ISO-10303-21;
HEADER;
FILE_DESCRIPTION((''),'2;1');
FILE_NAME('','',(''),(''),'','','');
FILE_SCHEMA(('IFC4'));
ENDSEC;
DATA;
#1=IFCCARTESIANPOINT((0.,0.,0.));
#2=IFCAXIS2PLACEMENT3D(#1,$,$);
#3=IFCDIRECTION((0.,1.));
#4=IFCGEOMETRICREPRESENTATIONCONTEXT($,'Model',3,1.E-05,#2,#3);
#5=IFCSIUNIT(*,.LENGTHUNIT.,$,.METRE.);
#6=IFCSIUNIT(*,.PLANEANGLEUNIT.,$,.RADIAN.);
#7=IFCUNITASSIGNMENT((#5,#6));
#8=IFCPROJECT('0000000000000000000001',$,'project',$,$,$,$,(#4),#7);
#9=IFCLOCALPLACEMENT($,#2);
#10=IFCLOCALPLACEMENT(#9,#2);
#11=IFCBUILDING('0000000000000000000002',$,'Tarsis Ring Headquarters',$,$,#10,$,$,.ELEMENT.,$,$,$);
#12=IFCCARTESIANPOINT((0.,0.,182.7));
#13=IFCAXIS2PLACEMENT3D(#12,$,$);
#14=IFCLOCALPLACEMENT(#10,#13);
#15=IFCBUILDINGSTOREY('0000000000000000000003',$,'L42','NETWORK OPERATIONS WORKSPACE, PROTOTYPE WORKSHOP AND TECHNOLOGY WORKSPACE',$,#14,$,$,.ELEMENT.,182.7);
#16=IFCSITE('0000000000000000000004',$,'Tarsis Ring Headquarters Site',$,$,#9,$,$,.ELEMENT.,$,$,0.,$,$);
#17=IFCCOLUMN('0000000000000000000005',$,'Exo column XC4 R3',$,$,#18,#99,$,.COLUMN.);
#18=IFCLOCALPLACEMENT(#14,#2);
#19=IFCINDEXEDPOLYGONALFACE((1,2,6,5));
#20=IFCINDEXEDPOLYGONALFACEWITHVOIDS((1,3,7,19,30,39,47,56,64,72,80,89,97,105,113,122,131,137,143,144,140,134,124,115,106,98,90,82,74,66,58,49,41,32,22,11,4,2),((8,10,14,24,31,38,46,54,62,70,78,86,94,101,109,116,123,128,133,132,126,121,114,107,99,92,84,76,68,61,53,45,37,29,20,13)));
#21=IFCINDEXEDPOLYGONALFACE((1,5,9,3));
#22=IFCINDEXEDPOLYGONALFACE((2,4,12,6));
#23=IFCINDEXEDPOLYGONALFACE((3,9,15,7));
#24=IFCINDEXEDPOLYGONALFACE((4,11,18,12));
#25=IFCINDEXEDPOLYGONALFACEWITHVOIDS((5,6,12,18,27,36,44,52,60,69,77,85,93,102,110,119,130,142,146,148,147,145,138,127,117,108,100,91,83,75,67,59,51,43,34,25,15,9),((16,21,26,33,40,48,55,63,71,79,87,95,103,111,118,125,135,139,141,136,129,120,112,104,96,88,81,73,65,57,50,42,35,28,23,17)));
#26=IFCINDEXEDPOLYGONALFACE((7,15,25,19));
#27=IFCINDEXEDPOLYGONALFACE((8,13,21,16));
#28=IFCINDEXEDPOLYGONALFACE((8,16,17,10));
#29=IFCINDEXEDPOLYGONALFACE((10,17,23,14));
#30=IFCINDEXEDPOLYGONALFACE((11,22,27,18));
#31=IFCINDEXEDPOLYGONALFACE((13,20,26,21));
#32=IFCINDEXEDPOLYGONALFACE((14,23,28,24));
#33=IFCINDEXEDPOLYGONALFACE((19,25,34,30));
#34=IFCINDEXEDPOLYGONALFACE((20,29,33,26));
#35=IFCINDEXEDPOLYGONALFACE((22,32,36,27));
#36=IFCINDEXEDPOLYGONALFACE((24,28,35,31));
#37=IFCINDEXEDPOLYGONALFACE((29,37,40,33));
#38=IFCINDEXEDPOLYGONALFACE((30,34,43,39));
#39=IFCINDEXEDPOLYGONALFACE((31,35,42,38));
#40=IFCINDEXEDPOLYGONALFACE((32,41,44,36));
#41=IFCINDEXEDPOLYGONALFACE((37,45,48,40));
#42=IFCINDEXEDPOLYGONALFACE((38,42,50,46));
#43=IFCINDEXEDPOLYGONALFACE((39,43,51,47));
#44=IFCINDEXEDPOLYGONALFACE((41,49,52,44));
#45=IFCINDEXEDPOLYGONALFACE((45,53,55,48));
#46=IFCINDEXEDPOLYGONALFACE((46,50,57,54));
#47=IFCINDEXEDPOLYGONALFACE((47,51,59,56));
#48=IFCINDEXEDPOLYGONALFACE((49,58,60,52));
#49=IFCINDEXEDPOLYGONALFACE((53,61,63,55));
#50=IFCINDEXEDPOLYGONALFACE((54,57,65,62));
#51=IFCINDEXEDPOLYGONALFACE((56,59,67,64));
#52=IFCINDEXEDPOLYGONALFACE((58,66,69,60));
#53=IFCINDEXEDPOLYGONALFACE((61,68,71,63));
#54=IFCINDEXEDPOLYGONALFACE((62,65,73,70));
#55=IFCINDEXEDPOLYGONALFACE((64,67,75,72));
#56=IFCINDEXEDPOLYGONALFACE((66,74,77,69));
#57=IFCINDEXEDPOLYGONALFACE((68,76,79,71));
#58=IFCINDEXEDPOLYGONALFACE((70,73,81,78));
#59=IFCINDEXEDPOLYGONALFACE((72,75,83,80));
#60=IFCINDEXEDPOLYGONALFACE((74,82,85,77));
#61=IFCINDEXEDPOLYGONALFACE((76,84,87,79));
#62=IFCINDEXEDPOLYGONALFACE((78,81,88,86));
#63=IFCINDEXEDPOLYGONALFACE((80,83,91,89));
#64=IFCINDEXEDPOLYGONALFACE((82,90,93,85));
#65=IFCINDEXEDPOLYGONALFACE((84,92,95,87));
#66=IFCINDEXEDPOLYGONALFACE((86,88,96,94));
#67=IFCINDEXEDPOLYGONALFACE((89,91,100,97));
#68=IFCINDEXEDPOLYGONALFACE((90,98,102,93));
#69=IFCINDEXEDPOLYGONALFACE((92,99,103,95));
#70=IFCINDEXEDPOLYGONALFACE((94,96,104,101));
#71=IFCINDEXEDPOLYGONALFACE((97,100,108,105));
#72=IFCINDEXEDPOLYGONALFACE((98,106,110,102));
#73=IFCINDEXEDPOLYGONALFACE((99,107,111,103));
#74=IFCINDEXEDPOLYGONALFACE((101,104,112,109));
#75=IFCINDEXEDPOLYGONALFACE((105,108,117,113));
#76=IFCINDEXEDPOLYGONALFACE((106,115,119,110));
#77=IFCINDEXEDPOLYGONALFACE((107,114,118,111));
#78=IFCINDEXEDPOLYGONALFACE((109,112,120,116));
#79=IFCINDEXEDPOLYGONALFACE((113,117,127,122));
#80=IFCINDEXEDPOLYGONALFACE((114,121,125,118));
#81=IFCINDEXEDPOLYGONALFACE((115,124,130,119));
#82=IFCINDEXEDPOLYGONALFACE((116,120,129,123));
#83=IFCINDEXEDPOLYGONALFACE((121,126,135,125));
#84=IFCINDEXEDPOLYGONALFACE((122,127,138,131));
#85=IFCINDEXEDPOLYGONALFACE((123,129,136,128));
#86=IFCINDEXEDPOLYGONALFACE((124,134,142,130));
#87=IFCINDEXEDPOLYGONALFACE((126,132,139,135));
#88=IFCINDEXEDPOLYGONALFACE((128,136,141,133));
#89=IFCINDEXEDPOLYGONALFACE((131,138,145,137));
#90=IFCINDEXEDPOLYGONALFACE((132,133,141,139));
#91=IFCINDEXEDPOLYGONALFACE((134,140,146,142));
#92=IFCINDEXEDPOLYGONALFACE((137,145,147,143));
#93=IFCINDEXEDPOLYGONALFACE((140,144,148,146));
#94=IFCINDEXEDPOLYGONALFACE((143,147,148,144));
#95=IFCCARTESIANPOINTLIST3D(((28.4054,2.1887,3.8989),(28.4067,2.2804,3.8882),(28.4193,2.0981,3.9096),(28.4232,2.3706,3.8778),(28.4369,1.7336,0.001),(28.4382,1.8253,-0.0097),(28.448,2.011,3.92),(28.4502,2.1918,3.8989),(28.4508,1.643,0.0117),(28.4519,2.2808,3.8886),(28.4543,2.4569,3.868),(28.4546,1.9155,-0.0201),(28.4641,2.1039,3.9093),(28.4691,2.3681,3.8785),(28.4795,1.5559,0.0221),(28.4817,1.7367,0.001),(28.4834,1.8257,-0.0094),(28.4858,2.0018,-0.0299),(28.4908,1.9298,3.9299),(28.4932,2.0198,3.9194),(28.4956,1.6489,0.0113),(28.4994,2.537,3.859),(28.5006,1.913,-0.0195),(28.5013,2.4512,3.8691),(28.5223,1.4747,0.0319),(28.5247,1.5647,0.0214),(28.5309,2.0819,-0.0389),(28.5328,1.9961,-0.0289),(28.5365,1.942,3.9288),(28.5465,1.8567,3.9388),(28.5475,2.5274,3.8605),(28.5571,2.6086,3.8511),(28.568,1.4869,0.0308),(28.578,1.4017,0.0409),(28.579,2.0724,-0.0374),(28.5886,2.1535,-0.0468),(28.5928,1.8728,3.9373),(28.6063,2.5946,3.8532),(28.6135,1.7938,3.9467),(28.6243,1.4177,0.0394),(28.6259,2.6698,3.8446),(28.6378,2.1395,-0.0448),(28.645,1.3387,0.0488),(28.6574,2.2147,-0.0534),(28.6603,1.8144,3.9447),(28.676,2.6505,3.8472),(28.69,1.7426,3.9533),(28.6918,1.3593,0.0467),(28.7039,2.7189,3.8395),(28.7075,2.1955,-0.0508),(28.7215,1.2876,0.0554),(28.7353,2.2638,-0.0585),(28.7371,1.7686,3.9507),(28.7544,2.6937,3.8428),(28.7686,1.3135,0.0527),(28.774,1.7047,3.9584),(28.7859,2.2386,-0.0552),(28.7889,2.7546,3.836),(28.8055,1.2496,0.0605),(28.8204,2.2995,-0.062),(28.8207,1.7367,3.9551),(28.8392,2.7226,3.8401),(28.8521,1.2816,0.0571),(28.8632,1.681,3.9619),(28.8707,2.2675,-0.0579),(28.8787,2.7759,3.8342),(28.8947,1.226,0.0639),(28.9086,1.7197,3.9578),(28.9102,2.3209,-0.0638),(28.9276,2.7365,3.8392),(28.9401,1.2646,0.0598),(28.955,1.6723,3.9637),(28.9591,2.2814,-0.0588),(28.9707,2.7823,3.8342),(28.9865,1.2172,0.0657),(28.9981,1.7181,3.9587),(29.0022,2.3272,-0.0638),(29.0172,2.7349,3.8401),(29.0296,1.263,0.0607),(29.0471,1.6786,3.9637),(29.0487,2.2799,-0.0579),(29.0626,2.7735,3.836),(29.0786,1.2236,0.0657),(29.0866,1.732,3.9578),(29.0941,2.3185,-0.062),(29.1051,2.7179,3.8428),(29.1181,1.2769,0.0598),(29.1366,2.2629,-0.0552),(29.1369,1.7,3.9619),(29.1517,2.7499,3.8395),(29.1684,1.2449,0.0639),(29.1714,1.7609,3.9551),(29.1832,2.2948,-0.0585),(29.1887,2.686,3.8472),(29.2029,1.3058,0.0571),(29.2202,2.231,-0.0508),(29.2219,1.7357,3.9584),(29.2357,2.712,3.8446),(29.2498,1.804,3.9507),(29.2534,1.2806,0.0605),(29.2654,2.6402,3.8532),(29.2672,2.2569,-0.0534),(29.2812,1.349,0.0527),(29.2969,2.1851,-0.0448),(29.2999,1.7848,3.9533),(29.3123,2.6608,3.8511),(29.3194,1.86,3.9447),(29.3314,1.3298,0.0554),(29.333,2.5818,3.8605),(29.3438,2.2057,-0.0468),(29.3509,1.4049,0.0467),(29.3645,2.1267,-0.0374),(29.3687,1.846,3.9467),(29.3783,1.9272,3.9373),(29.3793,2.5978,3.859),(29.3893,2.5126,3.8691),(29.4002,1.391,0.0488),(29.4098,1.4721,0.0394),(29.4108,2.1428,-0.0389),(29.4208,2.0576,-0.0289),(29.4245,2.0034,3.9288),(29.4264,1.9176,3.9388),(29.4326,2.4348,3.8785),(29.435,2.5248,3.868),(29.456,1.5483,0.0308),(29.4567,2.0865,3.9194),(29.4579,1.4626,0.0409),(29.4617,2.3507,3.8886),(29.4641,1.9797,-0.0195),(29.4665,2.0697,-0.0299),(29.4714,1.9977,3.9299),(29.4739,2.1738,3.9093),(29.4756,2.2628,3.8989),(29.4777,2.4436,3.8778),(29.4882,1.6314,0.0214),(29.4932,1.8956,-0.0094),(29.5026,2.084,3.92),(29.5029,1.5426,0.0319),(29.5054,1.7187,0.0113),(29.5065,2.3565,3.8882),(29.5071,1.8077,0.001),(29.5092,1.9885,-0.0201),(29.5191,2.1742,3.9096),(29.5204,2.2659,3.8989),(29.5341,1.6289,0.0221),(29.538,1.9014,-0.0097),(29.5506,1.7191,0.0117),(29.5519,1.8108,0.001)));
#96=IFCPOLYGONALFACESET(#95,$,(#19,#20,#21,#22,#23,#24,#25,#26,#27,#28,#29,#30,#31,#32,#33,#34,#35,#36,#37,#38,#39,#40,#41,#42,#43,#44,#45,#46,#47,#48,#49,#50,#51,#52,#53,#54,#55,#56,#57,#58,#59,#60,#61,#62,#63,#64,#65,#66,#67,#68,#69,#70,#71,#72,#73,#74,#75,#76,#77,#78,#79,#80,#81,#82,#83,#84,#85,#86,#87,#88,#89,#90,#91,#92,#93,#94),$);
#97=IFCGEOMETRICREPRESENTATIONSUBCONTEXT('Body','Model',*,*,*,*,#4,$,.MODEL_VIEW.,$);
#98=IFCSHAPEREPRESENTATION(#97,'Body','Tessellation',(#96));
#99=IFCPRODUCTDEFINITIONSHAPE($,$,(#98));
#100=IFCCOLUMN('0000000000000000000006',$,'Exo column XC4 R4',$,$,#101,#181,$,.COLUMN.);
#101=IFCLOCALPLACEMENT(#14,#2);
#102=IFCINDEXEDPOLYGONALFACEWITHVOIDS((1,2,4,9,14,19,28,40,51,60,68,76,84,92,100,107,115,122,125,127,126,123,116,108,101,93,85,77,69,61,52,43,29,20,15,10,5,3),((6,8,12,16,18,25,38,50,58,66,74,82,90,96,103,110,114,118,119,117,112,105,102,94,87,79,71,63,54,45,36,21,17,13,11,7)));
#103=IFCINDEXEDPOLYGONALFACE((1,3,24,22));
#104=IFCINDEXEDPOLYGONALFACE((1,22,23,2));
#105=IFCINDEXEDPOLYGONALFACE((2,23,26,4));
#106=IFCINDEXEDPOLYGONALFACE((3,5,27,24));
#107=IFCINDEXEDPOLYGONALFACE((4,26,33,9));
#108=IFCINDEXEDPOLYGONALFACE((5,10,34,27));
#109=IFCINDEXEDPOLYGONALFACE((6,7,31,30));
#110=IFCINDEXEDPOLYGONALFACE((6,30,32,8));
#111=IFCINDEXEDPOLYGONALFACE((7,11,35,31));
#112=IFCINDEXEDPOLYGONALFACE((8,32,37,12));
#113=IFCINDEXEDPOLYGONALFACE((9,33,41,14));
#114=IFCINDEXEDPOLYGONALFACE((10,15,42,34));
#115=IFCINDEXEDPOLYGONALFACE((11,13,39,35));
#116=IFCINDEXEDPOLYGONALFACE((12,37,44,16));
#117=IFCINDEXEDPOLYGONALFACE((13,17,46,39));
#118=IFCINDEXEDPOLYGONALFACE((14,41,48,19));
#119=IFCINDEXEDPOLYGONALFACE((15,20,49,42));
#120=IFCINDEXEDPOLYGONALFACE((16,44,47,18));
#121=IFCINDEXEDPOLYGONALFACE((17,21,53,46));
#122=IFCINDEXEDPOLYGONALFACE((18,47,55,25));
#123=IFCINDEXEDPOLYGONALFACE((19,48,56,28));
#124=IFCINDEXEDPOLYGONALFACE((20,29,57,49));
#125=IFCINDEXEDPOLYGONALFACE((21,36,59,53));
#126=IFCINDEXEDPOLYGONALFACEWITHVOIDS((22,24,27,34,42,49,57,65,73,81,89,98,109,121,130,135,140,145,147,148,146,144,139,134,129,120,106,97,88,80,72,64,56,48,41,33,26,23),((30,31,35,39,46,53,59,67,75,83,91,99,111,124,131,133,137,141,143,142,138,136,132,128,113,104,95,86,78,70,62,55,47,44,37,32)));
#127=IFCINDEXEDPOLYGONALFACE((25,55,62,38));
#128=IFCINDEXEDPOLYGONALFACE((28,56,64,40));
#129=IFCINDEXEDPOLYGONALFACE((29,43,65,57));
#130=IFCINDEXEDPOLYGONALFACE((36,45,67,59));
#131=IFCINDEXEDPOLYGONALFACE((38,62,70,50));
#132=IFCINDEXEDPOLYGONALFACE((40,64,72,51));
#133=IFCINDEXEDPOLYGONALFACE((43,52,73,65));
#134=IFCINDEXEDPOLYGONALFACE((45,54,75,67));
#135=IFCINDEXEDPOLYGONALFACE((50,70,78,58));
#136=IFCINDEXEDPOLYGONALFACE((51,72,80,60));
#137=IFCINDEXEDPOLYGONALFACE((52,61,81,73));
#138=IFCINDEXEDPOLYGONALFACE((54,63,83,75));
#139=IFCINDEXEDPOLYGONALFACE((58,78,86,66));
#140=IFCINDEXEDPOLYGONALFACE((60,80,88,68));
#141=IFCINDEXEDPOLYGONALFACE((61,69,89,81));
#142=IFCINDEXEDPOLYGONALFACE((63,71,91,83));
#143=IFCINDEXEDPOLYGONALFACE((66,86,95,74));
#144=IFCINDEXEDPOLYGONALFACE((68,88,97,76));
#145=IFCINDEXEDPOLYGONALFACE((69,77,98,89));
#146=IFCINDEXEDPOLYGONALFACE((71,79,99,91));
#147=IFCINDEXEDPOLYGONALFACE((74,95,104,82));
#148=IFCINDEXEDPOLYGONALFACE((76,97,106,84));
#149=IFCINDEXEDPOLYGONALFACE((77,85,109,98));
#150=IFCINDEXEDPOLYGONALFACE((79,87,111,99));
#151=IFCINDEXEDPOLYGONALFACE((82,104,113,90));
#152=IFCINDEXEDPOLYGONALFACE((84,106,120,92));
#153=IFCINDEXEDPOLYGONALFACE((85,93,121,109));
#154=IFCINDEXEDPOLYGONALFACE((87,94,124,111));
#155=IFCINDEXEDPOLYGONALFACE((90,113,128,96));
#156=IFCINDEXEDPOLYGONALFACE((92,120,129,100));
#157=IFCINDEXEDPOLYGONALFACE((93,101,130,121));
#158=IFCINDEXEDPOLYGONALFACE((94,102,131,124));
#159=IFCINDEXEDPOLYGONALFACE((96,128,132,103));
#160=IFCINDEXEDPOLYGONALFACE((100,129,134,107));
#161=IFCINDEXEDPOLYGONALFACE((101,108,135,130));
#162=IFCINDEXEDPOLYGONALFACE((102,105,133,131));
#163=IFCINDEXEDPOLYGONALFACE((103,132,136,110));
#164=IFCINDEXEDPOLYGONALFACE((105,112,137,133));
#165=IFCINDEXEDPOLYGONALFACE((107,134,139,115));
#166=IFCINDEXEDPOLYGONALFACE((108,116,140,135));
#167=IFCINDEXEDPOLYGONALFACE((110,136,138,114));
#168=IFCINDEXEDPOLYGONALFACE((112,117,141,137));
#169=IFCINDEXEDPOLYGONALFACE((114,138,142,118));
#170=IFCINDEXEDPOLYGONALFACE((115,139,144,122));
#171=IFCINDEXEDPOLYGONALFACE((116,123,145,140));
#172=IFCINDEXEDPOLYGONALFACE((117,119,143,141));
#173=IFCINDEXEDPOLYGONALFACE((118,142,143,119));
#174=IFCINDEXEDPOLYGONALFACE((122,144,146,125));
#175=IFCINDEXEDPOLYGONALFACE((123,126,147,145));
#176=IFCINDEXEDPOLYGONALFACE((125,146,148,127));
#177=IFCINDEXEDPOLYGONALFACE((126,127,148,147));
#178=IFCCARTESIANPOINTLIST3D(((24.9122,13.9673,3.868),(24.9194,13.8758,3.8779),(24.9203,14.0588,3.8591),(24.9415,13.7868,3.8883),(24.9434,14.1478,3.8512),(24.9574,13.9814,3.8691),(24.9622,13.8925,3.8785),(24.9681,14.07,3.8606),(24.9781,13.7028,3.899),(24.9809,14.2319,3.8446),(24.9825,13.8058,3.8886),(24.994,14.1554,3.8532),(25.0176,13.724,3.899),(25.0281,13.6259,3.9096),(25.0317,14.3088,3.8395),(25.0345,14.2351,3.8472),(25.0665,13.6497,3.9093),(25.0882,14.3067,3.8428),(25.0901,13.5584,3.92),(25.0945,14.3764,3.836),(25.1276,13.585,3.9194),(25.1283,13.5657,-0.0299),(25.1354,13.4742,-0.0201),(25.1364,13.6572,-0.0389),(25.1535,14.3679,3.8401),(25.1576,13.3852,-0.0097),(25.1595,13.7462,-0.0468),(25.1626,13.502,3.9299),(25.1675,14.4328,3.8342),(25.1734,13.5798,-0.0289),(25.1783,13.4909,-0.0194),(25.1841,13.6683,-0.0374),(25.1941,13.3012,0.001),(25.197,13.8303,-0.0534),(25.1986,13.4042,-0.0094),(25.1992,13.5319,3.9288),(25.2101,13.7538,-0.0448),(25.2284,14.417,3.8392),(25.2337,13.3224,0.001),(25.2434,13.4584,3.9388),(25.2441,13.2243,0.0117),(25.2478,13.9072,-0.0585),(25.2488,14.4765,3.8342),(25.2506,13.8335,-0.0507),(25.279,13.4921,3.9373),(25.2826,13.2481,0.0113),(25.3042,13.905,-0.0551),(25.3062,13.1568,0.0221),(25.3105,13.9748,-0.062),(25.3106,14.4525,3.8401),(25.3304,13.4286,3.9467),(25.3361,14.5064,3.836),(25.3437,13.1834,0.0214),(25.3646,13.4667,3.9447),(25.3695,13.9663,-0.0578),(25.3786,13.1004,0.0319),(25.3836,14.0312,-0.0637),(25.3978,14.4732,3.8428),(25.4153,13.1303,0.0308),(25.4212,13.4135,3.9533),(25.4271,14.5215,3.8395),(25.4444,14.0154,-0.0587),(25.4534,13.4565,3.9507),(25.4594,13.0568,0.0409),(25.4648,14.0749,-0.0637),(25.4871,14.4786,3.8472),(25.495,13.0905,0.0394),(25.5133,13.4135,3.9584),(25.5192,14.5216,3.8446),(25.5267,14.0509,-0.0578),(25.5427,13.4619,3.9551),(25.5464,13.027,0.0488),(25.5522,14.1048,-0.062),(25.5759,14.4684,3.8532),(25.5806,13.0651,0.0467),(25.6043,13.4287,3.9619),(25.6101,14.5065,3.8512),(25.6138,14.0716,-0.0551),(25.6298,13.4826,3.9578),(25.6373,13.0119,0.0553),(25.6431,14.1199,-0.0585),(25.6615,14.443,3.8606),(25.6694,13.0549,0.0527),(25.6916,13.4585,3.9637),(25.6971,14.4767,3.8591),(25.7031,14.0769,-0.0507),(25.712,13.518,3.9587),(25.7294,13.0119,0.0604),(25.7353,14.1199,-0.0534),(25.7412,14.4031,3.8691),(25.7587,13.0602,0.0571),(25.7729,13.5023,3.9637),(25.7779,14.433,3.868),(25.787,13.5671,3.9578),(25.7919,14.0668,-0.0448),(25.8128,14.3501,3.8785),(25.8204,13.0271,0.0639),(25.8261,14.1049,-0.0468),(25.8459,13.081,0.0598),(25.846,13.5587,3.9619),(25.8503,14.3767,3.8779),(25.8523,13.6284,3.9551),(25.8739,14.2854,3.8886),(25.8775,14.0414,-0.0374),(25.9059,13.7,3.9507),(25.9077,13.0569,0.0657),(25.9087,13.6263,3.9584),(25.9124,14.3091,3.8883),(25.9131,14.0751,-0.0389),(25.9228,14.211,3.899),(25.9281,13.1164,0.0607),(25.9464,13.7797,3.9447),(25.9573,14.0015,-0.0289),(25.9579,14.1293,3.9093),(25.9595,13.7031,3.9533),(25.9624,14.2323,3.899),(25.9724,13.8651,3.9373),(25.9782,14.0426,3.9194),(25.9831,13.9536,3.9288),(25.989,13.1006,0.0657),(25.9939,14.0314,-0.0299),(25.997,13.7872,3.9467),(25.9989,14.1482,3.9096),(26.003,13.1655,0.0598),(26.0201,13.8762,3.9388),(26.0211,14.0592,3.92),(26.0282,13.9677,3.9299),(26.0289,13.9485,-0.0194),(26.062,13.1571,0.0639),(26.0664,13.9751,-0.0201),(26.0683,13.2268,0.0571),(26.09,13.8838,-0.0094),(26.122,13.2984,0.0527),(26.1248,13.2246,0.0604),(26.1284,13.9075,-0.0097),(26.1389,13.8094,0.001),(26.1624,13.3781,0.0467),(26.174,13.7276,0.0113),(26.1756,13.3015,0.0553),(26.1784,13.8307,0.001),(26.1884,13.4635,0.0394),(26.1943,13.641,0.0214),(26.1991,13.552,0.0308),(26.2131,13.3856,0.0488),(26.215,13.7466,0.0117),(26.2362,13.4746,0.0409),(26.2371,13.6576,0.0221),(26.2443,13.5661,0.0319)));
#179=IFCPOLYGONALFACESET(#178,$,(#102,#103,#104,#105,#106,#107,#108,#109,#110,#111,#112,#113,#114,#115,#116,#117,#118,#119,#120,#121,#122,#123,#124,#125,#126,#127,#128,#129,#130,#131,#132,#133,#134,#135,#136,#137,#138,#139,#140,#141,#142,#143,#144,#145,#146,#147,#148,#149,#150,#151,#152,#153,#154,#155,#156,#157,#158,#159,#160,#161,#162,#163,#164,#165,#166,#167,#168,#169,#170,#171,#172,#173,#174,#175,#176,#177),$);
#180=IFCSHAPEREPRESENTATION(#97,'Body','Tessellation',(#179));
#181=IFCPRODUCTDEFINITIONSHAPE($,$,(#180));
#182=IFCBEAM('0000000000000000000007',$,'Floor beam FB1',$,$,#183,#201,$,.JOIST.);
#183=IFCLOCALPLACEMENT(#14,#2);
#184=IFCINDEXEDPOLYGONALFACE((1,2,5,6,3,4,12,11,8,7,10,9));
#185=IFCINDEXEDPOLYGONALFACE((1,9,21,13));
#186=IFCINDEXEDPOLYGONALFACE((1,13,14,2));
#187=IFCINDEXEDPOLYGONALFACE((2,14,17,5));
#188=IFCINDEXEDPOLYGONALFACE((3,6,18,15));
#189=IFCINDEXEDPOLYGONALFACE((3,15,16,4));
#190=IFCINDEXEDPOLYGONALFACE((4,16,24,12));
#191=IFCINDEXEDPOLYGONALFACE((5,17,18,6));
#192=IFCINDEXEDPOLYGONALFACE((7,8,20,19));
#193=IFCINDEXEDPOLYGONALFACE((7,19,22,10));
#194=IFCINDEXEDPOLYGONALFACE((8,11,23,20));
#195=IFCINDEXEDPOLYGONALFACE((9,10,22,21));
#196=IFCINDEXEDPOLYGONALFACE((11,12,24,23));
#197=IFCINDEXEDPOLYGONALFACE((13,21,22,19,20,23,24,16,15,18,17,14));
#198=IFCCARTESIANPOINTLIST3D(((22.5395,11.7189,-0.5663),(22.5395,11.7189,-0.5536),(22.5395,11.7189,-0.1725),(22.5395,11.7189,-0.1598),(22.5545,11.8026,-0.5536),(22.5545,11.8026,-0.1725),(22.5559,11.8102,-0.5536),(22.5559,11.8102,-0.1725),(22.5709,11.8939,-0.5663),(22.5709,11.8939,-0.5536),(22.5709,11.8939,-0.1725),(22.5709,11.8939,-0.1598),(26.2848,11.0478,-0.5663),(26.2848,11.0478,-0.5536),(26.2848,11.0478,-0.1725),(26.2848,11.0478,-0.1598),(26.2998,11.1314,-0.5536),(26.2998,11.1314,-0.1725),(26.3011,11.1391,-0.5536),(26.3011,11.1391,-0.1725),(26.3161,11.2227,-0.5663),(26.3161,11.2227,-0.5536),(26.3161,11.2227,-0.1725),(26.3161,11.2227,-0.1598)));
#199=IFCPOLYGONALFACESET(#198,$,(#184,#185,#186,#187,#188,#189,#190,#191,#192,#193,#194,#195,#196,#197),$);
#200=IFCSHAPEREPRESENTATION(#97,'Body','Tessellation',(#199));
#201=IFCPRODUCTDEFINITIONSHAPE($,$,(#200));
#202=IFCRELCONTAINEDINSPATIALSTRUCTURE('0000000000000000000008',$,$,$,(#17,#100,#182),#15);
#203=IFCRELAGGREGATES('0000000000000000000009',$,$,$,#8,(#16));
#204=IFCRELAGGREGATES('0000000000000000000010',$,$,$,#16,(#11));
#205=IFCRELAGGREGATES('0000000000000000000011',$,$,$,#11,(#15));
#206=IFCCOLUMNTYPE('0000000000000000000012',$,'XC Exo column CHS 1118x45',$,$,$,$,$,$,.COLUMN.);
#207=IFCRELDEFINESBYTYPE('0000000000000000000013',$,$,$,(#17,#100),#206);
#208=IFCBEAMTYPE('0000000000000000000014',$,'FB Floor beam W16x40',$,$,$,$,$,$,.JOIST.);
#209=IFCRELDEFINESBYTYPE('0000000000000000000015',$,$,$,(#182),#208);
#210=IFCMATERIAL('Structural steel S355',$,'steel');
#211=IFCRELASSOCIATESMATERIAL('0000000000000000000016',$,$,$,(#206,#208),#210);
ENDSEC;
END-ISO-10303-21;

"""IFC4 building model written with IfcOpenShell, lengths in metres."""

from ifc_helpers import new_model, si_unit, direction, frame, origin, origin_2d, place, context, subcontext, project, spatial, hollow_circle, i_section, extrude, material, material_profile, profile_set, type_object, element, save


model = new_model("IFC4")

# Units and contexts
model_context = context("Model", 3, precision=1e-05, world=origin(), true_north=direction((0.0, 1.0)))
body_context = subcontext(model_context, "Body", "Model", "MODEL_VIEW")
ifc_project = project(units=[si_unit("LENGTHUNIT", "METRE"), si_unit("PLANEANGLEUNIT", "RADIAN")], contexts=[model_context])

# Site, building, storey
site_placement = place(None, origin())
site = spatial("IfcSite", under=ifc_project, at=site_placement, Name="Tarsis Ring Headquarters Site", CompositionType="ELEMENT", RefElevation=0.0)
building_placement = place(site_placement, origin())
building = spatial("IfcBuilding", under=site, at=building_placement, Name="Tarsis Ring Headquarters", CompositionType="ELEMENT")
storey_placement = place(building_placement, frame((0.0, 0.0, 182.7)))
storey = spatial("IfcBuildingStorey", under=building, at=storey_placement, Name="L42", Description="NETWORK OPERATIONS WORKSPACE, PROTOTYPE WORKSHOP AND TECHNOLOGY WORKSPACE", CompositionType="ELEMENT", Elevation=182.7)

# Columns
ifc_material_1 = material(Name="Structural steel S355", Category="steel")
ifc_material_profile_1 = material_profile(ifc_material_1, hollow_circle(Radius=0.5588, WallThickness=0.0449, at=origin_2d()), Name="CHS 1118x45")
ifc_profile_set_1 = profile_set([ifc_material_profile_1], Name="Structural steel S355")
column_type = type_object("IfcColumnType", Name="XC Exo column CHS 1118x45", PredefinedType="COLUMN", material=ifc_profile_set_1)
for number, where, z_axis, x_axis, name in (
    (1, (28.9944, 1.7722, 0.001), (-0.008025, 0.115957, 0.993222), (-0.997614, -0.069041, 0.0), "Exo column XC4 R3"),
    (2, (25.6863, 13.5659, 0.001), (-0.055055, 0.102333, 0.993225), (-0.880643, -0.473781, 0.0), "Exo column XC4 R4"),
):
    element("IfcColumn", number, at=place(storey_placement, frame(where, z_axis=z_axis, x_axis=x_axis)), inside=storey, type_object=column_type, Name=name, PredefinedType="COLUMN", context=body_context, shape_type="SweptSolid", body=[
        extrude(hollow_circle(Radius=0.5588, WallThickness=0.0449, at=origin_2d()), origin(), (0.0, 0.0, 1.0), 3.9246),
    ])

# Beam
ifc_material_profile_2 = material_profile(ifc_material_1, i_section(OverallWidth=0.1777, OverallDepth=0.4065, WebThickness=0.0078, FlangeThickness=0.0127, at=origin_2d()), Name="W16x40")
ifc_profile_set_2 = profile_set([ifc_material_profile_2], Name="Structural steel S355")
beam_type_1 = type_object("IfcBeamType", Name="FB Floor beam W16x40", PredefinedType="JOIST", material=ifc_profile_set_2)
beam_1_placement = place(storey_placement, frame((22.5552, 11.8064, -0.363), z_axis=(0.984322, -0.176384, 0.0), x_axis=(0.176384, 0.984322, 0.0)))
element("IfcBeam", 3, at=beam_1_placement, inside=storey, type_object=beam_type_1, Name="Floor beam FB1", PredefinedType="JOIST", context=body_context, shape_type="SweptSolid", body=[
    extrude(i_section(OverallWidth=0.1777, OverallDepth=0.4065, WebThickness=0.0078, FlangeThickness=0.0127, at=origin_2d()), origin(), (0.0, 0.0, 1.0), 3.8049),
])

save(model, "model.ifc")
